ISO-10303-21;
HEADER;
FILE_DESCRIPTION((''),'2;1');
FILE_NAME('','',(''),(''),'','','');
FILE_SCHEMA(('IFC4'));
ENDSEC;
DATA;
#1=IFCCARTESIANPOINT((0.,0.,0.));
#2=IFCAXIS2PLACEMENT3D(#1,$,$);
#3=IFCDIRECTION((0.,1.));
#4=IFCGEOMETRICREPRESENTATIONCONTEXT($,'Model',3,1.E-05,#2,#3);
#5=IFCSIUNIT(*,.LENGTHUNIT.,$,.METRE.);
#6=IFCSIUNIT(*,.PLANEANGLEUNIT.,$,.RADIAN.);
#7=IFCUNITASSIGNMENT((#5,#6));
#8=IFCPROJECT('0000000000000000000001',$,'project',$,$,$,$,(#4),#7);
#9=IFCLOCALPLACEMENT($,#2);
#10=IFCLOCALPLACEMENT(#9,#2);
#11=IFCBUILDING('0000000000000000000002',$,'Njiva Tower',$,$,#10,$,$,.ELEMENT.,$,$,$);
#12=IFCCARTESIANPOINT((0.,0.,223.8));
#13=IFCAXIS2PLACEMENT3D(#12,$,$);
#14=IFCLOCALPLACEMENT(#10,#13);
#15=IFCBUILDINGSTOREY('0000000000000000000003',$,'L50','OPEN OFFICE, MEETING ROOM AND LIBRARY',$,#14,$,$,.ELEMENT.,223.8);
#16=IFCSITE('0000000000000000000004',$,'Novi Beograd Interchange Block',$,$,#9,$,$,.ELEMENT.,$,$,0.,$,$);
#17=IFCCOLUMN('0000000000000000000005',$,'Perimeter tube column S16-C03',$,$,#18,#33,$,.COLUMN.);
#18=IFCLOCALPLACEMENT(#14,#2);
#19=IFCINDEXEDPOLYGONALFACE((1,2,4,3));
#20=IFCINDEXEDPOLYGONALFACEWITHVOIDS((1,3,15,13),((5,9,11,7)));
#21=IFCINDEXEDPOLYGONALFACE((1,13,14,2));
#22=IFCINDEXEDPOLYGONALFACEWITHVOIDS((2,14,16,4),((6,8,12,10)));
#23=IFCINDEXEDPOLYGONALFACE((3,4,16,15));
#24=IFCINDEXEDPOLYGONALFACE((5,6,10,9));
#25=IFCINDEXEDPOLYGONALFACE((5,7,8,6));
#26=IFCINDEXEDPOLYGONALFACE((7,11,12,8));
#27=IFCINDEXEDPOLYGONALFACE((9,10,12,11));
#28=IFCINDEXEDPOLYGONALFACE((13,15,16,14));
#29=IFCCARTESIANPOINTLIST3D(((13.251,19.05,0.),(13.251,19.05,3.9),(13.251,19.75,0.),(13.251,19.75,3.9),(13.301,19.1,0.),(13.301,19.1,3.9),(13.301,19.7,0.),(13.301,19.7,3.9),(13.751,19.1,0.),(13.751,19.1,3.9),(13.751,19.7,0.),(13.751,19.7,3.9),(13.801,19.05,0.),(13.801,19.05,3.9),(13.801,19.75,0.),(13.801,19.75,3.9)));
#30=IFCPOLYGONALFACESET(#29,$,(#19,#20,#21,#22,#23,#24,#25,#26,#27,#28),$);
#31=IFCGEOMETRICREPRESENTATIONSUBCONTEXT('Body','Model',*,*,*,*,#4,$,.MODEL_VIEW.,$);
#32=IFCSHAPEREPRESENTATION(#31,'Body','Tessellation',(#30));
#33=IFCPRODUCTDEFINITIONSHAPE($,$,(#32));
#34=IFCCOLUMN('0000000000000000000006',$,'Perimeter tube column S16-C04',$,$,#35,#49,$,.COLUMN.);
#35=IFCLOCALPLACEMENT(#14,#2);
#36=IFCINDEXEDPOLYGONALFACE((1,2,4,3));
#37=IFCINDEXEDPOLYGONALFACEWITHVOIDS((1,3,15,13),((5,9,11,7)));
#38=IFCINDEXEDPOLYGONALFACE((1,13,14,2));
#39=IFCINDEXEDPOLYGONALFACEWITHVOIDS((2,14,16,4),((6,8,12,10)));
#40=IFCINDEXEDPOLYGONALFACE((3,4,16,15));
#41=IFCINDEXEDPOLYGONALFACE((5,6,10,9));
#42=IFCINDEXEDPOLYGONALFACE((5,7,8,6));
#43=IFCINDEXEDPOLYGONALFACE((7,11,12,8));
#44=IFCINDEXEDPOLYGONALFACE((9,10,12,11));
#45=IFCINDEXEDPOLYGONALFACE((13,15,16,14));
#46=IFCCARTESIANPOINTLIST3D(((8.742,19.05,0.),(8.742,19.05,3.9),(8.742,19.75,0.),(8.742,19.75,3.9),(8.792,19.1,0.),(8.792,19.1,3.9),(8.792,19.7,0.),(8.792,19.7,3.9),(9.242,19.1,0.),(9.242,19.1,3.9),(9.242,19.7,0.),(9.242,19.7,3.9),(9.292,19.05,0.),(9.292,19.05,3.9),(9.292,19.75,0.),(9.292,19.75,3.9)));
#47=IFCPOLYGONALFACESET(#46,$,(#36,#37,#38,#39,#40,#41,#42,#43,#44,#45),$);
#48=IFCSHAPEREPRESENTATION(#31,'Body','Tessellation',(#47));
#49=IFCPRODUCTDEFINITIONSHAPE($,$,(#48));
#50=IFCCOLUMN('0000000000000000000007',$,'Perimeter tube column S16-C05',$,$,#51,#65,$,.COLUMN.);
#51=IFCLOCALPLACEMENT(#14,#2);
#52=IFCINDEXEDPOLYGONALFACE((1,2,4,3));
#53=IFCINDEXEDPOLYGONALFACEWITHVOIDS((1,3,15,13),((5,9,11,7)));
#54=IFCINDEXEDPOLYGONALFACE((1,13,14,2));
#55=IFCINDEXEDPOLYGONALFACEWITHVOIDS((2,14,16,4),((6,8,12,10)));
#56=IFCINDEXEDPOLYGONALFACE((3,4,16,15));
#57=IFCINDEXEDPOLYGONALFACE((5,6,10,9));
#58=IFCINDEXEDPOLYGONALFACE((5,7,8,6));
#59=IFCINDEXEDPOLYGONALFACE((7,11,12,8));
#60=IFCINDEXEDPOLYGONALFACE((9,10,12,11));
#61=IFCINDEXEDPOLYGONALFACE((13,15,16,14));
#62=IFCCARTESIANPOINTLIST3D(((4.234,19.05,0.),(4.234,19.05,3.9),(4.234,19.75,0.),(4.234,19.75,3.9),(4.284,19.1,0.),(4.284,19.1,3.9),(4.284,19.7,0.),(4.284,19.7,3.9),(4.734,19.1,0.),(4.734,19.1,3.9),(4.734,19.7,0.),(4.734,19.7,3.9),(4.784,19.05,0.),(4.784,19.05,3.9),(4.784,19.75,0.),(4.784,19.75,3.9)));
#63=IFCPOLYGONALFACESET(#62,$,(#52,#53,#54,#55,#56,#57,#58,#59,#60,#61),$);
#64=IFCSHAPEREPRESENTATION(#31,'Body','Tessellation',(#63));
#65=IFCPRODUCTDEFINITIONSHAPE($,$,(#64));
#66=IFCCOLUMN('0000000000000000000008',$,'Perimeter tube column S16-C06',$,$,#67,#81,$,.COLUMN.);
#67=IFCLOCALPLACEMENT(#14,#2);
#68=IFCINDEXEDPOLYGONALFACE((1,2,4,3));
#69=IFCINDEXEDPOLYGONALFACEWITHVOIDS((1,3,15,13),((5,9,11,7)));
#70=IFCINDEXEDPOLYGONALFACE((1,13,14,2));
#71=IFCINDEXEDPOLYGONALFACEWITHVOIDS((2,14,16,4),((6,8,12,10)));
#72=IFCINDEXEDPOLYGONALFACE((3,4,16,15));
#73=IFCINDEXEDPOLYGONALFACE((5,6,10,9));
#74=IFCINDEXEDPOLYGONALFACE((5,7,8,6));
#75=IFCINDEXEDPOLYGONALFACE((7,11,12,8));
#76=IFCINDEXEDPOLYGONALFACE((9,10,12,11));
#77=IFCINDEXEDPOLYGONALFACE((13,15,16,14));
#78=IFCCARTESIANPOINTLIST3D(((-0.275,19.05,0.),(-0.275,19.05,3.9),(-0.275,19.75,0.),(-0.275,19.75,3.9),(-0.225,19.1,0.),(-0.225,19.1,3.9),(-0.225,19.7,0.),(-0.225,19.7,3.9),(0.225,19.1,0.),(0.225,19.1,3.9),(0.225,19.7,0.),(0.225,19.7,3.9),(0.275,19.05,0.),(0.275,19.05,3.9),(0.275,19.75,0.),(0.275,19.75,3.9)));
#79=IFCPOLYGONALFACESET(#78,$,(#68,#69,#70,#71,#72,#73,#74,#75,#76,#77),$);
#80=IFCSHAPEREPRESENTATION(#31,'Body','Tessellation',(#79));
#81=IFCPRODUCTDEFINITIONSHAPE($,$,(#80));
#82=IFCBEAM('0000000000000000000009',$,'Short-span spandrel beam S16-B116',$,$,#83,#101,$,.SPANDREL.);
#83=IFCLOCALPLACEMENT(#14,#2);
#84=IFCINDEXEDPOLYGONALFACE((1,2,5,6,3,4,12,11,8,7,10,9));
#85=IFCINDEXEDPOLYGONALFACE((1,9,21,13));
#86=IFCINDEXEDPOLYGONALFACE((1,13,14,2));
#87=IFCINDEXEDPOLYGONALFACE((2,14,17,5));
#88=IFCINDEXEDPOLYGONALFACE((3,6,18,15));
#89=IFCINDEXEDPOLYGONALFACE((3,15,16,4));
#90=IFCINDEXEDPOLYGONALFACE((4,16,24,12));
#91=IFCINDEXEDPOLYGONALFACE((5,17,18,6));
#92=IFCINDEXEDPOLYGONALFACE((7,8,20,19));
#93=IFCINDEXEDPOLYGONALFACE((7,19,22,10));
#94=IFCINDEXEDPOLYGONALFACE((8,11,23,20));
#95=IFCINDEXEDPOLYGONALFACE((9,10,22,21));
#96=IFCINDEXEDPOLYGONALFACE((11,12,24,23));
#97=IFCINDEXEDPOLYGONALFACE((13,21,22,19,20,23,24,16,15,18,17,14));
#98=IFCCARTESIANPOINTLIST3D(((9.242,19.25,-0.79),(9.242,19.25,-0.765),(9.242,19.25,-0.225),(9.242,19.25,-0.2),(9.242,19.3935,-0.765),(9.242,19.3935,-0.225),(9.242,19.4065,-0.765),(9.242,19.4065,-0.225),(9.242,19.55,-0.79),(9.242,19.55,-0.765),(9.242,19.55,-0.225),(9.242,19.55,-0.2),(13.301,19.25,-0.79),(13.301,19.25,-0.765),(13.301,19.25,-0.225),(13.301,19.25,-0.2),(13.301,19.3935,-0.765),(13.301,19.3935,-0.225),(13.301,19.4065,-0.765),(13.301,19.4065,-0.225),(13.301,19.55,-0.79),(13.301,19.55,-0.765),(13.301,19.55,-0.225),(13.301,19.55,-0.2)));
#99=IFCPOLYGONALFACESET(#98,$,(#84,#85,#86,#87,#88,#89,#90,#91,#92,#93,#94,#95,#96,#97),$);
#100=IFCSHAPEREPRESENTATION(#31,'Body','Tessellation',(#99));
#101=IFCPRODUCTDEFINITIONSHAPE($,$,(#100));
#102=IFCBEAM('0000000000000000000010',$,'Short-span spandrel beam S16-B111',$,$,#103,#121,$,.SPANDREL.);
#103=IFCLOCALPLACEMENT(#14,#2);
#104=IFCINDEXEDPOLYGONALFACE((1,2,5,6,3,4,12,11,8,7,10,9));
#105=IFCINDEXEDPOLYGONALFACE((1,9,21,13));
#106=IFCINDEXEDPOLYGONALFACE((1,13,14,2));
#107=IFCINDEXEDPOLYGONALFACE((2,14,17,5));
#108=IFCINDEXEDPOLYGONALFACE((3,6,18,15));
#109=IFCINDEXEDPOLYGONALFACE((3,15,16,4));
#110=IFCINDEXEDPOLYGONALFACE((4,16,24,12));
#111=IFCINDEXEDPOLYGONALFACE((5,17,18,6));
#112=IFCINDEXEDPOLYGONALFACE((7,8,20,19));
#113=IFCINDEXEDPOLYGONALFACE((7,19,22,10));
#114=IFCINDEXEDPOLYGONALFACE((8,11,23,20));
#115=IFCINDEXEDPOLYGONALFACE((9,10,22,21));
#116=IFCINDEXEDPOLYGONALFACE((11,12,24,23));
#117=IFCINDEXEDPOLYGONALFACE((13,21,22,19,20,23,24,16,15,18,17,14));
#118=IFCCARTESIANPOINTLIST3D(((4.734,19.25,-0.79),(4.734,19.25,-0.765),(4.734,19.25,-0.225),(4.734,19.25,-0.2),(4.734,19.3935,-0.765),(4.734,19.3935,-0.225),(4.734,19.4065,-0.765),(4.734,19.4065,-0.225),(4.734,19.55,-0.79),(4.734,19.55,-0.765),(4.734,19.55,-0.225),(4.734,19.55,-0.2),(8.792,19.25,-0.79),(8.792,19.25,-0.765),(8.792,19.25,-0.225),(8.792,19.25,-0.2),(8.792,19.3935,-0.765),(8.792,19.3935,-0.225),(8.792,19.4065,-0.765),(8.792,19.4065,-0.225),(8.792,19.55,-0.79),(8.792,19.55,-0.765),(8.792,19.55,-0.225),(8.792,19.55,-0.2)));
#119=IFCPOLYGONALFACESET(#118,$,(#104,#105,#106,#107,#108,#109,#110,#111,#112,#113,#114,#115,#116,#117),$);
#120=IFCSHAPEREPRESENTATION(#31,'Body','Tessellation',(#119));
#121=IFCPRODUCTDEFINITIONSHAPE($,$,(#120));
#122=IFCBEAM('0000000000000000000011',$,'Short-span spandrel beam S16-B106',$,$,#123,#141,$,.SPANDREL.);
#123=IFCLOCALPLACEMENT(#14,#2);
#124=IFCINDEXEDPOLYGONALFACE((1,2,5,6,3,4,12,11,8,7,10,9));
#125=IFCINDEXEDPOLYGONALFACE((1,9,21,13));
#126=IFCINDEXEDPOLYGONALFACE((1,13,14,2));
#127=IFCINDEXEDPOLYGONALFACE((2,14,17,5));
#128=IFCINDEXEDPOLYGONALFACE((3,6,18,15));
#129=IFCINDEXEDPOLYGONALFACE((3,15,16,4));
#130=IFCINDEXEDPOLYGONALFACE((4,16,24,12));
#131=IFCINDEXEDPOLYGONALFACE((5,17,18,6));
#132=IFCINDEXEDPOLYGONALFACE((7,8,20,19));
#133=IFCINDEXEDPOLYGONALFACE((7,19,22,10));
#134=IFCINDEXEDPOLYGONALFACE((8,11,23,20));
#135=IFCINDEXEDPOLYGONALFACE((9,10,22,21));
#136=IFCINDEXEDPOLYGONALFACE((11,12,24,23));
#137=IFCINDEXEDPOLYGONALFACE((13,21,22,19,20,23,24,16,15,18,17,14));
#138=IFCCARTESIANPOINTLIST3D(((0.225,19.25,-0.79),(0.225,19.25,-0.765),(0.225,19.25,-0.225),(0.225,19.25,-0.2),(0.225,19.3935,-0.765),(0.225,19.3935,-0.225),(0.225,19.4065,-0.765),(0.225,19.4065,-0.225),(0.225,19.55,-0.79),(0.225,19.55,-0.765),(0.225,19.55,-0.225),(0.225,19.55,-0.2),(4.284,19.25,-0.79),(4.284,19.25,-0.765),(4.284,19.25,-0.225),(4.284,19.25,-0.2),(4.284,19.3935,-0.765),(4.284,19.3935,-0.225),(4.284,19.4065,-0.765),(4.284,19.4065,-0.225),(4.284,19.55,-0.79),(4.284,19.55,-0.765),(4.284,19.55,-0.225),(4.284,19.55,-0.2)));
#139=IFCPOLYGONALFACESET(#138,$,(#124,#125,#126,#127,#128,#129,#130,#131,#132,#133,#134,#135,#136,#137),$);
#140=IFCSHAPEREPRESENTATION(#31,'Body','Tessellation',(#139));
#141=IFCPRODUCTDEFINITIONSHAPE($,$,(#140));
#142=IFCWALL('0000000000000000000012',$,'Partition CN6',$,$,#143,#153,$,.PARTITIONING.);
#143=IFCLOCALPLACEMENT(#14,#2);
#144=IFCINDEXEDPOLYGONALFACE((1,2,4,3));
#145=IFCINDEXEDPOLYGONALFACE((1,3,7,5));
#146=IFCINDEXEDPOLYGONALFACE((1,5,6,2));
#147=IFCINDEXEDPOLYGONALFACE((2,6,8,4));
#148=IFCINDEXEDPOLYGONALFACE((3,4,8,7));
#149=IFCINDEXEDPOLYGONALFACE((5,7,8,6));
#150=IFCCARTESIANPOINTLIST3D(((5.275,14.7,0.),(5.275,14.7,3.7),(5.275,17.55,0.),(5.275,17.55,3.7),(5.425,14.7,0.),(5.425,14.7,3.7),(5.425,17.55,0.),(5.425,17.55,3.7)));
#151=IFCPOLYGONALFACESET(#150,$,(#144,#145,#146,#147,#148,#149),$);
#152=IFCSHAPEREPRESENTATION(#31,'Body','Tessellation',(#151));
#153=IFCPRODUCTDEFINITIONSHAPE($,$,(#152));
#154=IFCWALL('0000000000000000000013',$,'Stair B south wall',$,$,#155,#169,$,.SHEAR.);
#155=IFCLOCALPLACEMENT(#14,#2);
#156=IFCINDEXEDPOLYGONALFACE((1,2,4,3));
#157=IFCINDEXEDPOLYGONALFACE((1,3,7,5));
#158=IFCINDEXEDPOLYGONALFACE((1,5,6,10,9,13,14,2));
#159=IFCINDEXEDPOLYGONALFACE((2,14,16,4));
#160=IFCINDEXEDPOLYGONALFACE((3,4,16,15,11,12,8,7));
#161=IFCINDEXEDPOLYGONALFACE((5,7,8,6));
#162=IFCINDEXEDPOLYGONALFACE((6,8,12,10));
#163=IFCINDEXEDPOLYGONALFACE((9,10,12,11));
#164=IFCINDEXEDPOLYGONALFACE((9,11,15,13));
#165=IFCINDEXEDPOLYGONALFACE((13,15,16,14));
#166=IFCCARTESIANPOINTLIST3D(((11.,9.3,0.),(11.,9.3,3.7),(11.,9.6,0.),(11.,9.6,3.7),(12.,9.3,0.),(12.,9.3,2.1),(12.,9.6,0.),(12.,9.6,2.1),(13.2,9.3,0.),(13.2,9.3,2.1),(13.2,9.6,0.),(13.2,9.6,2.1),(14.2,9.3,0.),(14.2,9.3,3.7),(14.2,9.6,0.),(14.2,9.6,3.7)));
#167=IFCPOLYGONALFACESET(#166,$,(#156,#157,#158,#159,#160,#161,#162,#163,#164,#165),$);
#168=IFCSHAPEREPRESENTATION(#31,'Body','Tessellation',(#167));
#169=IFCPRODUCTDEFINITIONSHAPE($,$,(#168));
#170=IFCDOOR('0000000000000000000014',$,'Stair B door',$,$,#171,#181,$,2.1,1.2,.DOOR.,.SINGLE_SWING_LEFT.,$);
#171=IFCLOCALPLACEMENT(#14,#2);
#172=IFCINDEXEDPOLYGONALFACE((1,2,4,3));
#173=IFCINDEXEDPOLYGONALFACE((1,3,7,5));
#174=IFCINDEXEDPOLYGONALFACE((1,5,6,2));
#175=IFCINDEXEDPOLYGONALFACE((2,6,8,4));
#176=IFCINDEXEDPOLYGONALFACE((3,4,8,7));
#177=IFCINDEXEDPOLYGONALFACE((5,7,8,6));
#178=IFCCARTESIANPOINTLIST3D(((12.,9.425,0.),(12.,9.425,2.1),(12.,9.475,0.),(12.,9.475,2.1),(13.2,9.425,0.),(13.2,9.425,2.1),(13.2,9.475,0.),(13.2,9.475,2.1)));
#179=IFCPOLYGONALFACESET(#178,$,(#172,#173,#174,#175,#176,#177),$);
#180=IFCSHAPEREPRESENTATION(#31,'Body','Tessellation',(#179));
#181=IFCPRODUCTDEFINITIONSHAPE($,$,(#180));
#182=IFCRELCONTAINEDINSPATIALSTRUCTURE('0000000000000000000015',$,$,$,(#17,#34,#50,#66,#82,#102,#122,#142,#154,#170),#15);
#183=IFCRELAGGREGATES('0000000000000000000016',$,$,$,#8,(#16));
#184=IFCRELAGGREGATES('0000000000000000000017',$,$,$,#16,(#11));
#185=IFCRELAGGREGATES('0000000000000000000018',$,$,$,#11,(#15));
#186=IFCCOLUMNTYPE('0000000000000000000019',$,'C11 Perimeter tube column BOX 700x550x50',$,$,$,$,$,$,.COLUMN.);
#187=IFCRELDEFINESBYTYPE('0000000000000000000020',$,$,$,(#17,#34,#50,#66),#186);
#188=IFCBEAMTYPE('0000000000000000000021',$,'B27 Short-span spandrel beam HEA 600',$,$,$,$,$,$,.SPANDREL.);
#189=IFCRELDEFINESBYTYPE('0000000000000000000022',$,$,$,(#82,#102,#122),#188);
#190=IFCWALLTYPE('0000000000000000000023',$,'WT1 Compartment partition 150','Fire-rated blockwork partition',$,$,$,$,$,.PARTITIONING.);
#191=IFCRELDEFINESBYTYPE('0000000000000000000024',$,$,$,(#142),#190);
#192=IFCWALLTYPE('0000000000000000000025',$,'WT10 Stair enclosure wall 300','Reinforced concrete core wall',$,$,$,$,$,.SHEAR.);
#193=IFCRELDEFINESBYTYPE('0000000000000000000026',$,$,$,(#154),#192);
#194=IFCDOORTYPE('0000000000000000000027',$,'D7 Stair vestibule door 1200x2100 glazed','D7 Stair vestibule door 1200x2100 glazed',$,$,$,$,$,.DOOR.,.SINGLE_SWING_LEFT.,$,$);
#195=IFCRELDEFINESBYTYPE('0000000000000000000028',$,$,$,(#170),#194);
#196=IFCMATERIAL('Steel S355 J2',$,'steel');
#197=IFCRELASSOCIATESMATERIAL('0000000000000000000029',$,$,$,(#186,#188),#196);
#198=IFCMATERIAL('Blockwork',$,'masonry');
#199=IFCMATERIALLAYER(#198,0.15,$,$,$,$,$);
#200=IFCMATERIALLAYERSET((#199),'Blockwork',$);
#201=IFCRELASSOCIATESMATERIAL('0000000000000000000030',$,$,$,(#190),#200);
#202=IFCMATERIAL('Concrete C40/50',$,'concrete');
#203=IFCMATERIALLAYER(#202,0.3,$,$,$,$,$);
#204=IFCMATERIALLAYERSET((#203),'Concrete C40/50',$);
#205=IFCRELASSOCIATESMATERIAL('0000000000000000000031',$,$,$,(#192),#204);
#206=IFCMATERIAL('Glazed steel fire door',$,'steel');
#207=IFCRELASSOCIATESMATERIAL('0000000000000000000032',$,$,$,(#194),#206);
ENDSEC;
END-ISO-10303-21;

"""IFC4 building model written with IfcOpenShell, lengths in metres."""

from ifc_helpers import new_model, si_unit, direction, frame, frame_2d, origin, origin_2d, place, context, subcontext, project, spatial, rectangle, hollow_rectangle, i_section, extrude, material, layer, layer_set, material_profile, profile_set, type_object, element, fill, save


model = new_model("IFC4")

# Units and contexts
model_context = context("Model", 3, precision=1e-05, world=origin(), true_north=direction((0.0, 1.0)))
body_context = subcontext(model_context, "Body", "Model", "MODEL_VIEW")
ifc_project = project(units=[si_unit("LENGTHUNIT", "METRE"), si_unit("PLANEANGLEUNIT", "RADIAN")], contexts=[model_context])

# Site, building, storey
site_placement = place(None, origin())
site = spatial("IfcSite", under=ifc_project, at=site_placement, Name="Novi Beograd Interchange Block", CompositionType="ELEMENT", RefElevation=0.0)
building_placement = place(site_placement, origin())
building = spatial("IfcBuilding", under=site, at=building_placement, Name="Njiva Tower", CompositionType="ELEMENT")
storey_placement = place(building_placement, frame((0.0, 0.0, 223.8)))
storey = spatial("IfcBuildingStorey", under=building, at=storey_placement, Name="L50", Description="OPEN OFFICE, MEETING ROOM AND LIBRARY", CompositionType="ELEMENT", Elevation=223.8)

# Columns
ifc_material_1 = material(Name="Steel S355 J2", Category="steel")
ifc_material_profile_1 = material_profile(ifc_material_1, hollow_rectangle(XDim=0.55, YDim=0.7, WallThickness=0.05, at=origin_2d()), Name="BOX 700x550x50")
ifc_profile_set_1 = profile_set([ifc_material_profile_1], Name="Steel S355 J2")
column_type = type_object("IfcColumnType", Name="C11 Perimeter tube column BOX 700x550x50", PredefinedType="COLUMN", material=ifc_profile_set_1)
for number, where, z_axis, x_axis, name in (
    (1, (13.526, 19.4, 0.0), (0.0, 0.0, 1.0), (-1.0, 0.0, 0.0), "Perimeter tube column S16-C03"),
    (2, (9.017, 19.4, 0.0), (0.0, 0.0, 1.0), (-1.0, 0.0, 0.0), "Perimeter tube column S16-C04"),
    (3, (4.509, 19.4, 0.0), (0.0, 0.0, 1.0), (-1.0, 0.0, 0.0), "Perimeter tube column S16-C05"),
    (4, (0.0, 19.4, 0.0), (0.0, 0.0, 1.0), (-1.0, 0.0, 0.0), "Perimeter tube column S16-C06"),
):
    element("IfcColumn", number, at=place(storey_placement, frame(where, z_axis=z_axis, x_axis=x_axis)), inside=storey, type_object=column_type, Name=name, PredefinedType="COLUMN", context=body_context, shape_type="SweptSolid", body=[
        extrude(hollow_rectangle(XDim=0.55, YDim=0.7, WallThickness=0.05, at=origin_2d()), origin(), (0.0, 0.0, 1.0), 3.9),
    ])

# Beams
ifc_material_profile_2 = material_profile(ifc_material_1, i_section(OverallWidth=0.3, OverallDepth=0.59, WebThickness=0.013, FlangeThickness=0.025, at=origin_2d()), Name="HEA 600")
ifc_profile_set_2 = profile_set([ifc_material_profile_2], Name="Steel S355 J2")
beam_type = type_object("IfcBeamType", Name="B27 Short-span spandrel beam HEA 600", PredefinedType="SPANDREL", material=ifc_profile_set_2)
beam_1_placement = place(storey_placement, frame((13.301, 19.4, -0.495), z_axis=(-1.0, 0.0, 0.0), x_axis=(0.0, -1.0, 0.0)))
element("IfcBeam", 5, at=beam_1_placement, inside=storey, type_object=beam_type, Name="Short-span spandrel beam S16-B116", PredefinedType="SPANDREL", context=body_context, shape_type="SweptSolid", body=[
    extrude(i_section(OverallWidth=0.3, OverallDepth=0.59, WebThickness=0.013, FlangeThickness=0.025, at=origin_2d()), origin(), (0.0, 0.0, 1.0), 4.059),
])
beam_2_placement = place(storey_placement, frame((8.792, 19.4, -0.495), z_axis=(-1.0, 0.0, 0.0), x_axis=(0.0, -1.0, 0.0)))
element("IfcBeam", 6, at=beam_2_placement, inside=storey, type_object=beam_type, Name="Short-span spandrel beam S16-B111", PredefinedType="SPANDREL", context=body_context, shape_type="SweptSolid", body=[
    extrude(i_section(OverallWidth=0.3, OverallDepth=0.59, WebThickness=0.013, FlangeThickness=0.025, at=origin_2d()), origin(), (0.0, 0.0, 1.0), 4.058),
])
beam_3_placement = place(storey_placement, frame((4.284, 19.4, -0.495), z_axis=(-1.0, 0.0, 0.0), x_axis=(0.0, -1.0, 0.0)))
element("IfcBeam", 7, at=beam_3_placement, inside=storey, type_object=beam_type, Name="Short-span spandrel beam S16-B106", PredefinedType="SPANDREL", context=body_context, shape_type="SweptSolid", body=[
    extrude(i_section(OverallWidth=0.3, OverallDepth=0.59, WebThickness=0.013, FlangeThickness=0.025, at=origin_2d()), origin(), (0.0, 0.0, 1.0), 4.059),
])

# Wall
ifc_material_2 = material(Name="Blockwork", Category="masonry")
ifc_layer_1 = layer(ifc_material_2, 0.15)
ifc_layer_set_1 = layer_set([ifc_layer_1], Name="Blockwork")
wall_type_1 = type_object("IfcWallType", Name="WT1 Compartment partition 150", Description="Fire-rated blockwork partition", PredefinedType="PARTITIONING", material=ifc_layer_set_1)
wall_1_placement = place(storey_placement, frame((5.35, 14.7, 0.0), z_axis=(0.0, 0.0, 1.0), x_axis=(0.0, 1.0, 0.0)))
element("IfcWall", 8, at=wall_1_placement, inside=storey, type_object=wall_type_1, Name="Partition CN6", PredefinedType="PARTITIONING", context=body_context, shape_type="SweptSolid", body=[
    extrude(rectangle(XDim=2.85, YDim=0.15, at=frame_2d((1.425, 0.0))), origin(), (0.0, 0.0, 1.0), 3.7),
])

# Wall, opening, door
ifc_material_3 = material(Name="Concrete C40/50", Category="concrete")
ifc_layer_2 = layer(ifc_material_3, 0.3)
ifc_layer_set_2 = layer_set([ifc_layer_2], Name="Concrete C40/50")
wall_type_2 = type_object("IfcWallType", Name="WT10 Stair enclosure wall 300", Description="Reinforced concrete core wall", PredefinedType="SHEAR", material=ifc_layer_set_2)
wall_2_placement = place(storey_placement, frame((11.0, 9.45, 0.0), z_axis=(0.0, 0.0, 1.0), x_axis=(1.0, 0.0, 0.0)))
wall_2 = element("IfcWall", 9, at=wall_2_placement, inside=storey, type_object=wall_type_2, Name="Stair B south wall", PredefinedType="SHEAR", context=body_context, shape_type="SweptSolid", body=[
    extrude(rectangle(XDim=3.2, YDim=0.3, at=frame_2d((1.6, 0.0))), origin(), (0.0, 0.0, 1.0), 3.7),
])
opening_1_placement = place(wall_2_placement, frame((1.0, 0.0, 0.0)))
opening_1 = element("IfcOpeningElement", 10, at=opening_1_placement, cuts=wall_2, PredefinedType="OPENING", context=body_context, shape_type="SweptSolid", body=[
    extrude(rectangle(XDim=1.2, YDim=2.1, at=frame_2d((0.6, 1.05))), frame((0.0, 0.16, 0.0), z_axis=(0.0, -1.0, 0.0), x_axis=(1.0, 0.0, 0.0)), (0.0, 0.0, 1.0), 0.32),
])
ifc_material_4 = material(Name="Glazed steel fire door", Category="steel")
door_type_1 = type_object("IfcDoorType", Name="D7 Stair vestibule door 1200x2100 glazed", Description="D7 Stair vestibule door 1200x2100 glazed", OperationType="SINGLE_SWING_LEFT", PredefinedType="DOOR", material=ifc_material_4)
door_1_placement = place(opening_1_placement, origin())
door_1 = element("IfcDoor", 11, at=door_1_placement, inside=storey, type_object=door_type_1, Name="Stair B door", OperationType="SINGLE_SWING_LEFT", OverallHeight=2.1, OverallWidth=1.2, PredefinedType="DOOR", context=body_context, shape_type="SweptSolid", body=[
    extrude(rectangle(XDim=1.2, YDim=2.1, at=frame_2d((0.6, 1.05))), frame((0.0, 0.025, 0.0), z_axis=(0.0, -1.0, 0.0), x_axis=(1.0, 0.0, 0.0)), (0.0, 0.0, 1.0), 0.05),
])
fill(opening_1, door_1)

save(model, "model.ifc")
